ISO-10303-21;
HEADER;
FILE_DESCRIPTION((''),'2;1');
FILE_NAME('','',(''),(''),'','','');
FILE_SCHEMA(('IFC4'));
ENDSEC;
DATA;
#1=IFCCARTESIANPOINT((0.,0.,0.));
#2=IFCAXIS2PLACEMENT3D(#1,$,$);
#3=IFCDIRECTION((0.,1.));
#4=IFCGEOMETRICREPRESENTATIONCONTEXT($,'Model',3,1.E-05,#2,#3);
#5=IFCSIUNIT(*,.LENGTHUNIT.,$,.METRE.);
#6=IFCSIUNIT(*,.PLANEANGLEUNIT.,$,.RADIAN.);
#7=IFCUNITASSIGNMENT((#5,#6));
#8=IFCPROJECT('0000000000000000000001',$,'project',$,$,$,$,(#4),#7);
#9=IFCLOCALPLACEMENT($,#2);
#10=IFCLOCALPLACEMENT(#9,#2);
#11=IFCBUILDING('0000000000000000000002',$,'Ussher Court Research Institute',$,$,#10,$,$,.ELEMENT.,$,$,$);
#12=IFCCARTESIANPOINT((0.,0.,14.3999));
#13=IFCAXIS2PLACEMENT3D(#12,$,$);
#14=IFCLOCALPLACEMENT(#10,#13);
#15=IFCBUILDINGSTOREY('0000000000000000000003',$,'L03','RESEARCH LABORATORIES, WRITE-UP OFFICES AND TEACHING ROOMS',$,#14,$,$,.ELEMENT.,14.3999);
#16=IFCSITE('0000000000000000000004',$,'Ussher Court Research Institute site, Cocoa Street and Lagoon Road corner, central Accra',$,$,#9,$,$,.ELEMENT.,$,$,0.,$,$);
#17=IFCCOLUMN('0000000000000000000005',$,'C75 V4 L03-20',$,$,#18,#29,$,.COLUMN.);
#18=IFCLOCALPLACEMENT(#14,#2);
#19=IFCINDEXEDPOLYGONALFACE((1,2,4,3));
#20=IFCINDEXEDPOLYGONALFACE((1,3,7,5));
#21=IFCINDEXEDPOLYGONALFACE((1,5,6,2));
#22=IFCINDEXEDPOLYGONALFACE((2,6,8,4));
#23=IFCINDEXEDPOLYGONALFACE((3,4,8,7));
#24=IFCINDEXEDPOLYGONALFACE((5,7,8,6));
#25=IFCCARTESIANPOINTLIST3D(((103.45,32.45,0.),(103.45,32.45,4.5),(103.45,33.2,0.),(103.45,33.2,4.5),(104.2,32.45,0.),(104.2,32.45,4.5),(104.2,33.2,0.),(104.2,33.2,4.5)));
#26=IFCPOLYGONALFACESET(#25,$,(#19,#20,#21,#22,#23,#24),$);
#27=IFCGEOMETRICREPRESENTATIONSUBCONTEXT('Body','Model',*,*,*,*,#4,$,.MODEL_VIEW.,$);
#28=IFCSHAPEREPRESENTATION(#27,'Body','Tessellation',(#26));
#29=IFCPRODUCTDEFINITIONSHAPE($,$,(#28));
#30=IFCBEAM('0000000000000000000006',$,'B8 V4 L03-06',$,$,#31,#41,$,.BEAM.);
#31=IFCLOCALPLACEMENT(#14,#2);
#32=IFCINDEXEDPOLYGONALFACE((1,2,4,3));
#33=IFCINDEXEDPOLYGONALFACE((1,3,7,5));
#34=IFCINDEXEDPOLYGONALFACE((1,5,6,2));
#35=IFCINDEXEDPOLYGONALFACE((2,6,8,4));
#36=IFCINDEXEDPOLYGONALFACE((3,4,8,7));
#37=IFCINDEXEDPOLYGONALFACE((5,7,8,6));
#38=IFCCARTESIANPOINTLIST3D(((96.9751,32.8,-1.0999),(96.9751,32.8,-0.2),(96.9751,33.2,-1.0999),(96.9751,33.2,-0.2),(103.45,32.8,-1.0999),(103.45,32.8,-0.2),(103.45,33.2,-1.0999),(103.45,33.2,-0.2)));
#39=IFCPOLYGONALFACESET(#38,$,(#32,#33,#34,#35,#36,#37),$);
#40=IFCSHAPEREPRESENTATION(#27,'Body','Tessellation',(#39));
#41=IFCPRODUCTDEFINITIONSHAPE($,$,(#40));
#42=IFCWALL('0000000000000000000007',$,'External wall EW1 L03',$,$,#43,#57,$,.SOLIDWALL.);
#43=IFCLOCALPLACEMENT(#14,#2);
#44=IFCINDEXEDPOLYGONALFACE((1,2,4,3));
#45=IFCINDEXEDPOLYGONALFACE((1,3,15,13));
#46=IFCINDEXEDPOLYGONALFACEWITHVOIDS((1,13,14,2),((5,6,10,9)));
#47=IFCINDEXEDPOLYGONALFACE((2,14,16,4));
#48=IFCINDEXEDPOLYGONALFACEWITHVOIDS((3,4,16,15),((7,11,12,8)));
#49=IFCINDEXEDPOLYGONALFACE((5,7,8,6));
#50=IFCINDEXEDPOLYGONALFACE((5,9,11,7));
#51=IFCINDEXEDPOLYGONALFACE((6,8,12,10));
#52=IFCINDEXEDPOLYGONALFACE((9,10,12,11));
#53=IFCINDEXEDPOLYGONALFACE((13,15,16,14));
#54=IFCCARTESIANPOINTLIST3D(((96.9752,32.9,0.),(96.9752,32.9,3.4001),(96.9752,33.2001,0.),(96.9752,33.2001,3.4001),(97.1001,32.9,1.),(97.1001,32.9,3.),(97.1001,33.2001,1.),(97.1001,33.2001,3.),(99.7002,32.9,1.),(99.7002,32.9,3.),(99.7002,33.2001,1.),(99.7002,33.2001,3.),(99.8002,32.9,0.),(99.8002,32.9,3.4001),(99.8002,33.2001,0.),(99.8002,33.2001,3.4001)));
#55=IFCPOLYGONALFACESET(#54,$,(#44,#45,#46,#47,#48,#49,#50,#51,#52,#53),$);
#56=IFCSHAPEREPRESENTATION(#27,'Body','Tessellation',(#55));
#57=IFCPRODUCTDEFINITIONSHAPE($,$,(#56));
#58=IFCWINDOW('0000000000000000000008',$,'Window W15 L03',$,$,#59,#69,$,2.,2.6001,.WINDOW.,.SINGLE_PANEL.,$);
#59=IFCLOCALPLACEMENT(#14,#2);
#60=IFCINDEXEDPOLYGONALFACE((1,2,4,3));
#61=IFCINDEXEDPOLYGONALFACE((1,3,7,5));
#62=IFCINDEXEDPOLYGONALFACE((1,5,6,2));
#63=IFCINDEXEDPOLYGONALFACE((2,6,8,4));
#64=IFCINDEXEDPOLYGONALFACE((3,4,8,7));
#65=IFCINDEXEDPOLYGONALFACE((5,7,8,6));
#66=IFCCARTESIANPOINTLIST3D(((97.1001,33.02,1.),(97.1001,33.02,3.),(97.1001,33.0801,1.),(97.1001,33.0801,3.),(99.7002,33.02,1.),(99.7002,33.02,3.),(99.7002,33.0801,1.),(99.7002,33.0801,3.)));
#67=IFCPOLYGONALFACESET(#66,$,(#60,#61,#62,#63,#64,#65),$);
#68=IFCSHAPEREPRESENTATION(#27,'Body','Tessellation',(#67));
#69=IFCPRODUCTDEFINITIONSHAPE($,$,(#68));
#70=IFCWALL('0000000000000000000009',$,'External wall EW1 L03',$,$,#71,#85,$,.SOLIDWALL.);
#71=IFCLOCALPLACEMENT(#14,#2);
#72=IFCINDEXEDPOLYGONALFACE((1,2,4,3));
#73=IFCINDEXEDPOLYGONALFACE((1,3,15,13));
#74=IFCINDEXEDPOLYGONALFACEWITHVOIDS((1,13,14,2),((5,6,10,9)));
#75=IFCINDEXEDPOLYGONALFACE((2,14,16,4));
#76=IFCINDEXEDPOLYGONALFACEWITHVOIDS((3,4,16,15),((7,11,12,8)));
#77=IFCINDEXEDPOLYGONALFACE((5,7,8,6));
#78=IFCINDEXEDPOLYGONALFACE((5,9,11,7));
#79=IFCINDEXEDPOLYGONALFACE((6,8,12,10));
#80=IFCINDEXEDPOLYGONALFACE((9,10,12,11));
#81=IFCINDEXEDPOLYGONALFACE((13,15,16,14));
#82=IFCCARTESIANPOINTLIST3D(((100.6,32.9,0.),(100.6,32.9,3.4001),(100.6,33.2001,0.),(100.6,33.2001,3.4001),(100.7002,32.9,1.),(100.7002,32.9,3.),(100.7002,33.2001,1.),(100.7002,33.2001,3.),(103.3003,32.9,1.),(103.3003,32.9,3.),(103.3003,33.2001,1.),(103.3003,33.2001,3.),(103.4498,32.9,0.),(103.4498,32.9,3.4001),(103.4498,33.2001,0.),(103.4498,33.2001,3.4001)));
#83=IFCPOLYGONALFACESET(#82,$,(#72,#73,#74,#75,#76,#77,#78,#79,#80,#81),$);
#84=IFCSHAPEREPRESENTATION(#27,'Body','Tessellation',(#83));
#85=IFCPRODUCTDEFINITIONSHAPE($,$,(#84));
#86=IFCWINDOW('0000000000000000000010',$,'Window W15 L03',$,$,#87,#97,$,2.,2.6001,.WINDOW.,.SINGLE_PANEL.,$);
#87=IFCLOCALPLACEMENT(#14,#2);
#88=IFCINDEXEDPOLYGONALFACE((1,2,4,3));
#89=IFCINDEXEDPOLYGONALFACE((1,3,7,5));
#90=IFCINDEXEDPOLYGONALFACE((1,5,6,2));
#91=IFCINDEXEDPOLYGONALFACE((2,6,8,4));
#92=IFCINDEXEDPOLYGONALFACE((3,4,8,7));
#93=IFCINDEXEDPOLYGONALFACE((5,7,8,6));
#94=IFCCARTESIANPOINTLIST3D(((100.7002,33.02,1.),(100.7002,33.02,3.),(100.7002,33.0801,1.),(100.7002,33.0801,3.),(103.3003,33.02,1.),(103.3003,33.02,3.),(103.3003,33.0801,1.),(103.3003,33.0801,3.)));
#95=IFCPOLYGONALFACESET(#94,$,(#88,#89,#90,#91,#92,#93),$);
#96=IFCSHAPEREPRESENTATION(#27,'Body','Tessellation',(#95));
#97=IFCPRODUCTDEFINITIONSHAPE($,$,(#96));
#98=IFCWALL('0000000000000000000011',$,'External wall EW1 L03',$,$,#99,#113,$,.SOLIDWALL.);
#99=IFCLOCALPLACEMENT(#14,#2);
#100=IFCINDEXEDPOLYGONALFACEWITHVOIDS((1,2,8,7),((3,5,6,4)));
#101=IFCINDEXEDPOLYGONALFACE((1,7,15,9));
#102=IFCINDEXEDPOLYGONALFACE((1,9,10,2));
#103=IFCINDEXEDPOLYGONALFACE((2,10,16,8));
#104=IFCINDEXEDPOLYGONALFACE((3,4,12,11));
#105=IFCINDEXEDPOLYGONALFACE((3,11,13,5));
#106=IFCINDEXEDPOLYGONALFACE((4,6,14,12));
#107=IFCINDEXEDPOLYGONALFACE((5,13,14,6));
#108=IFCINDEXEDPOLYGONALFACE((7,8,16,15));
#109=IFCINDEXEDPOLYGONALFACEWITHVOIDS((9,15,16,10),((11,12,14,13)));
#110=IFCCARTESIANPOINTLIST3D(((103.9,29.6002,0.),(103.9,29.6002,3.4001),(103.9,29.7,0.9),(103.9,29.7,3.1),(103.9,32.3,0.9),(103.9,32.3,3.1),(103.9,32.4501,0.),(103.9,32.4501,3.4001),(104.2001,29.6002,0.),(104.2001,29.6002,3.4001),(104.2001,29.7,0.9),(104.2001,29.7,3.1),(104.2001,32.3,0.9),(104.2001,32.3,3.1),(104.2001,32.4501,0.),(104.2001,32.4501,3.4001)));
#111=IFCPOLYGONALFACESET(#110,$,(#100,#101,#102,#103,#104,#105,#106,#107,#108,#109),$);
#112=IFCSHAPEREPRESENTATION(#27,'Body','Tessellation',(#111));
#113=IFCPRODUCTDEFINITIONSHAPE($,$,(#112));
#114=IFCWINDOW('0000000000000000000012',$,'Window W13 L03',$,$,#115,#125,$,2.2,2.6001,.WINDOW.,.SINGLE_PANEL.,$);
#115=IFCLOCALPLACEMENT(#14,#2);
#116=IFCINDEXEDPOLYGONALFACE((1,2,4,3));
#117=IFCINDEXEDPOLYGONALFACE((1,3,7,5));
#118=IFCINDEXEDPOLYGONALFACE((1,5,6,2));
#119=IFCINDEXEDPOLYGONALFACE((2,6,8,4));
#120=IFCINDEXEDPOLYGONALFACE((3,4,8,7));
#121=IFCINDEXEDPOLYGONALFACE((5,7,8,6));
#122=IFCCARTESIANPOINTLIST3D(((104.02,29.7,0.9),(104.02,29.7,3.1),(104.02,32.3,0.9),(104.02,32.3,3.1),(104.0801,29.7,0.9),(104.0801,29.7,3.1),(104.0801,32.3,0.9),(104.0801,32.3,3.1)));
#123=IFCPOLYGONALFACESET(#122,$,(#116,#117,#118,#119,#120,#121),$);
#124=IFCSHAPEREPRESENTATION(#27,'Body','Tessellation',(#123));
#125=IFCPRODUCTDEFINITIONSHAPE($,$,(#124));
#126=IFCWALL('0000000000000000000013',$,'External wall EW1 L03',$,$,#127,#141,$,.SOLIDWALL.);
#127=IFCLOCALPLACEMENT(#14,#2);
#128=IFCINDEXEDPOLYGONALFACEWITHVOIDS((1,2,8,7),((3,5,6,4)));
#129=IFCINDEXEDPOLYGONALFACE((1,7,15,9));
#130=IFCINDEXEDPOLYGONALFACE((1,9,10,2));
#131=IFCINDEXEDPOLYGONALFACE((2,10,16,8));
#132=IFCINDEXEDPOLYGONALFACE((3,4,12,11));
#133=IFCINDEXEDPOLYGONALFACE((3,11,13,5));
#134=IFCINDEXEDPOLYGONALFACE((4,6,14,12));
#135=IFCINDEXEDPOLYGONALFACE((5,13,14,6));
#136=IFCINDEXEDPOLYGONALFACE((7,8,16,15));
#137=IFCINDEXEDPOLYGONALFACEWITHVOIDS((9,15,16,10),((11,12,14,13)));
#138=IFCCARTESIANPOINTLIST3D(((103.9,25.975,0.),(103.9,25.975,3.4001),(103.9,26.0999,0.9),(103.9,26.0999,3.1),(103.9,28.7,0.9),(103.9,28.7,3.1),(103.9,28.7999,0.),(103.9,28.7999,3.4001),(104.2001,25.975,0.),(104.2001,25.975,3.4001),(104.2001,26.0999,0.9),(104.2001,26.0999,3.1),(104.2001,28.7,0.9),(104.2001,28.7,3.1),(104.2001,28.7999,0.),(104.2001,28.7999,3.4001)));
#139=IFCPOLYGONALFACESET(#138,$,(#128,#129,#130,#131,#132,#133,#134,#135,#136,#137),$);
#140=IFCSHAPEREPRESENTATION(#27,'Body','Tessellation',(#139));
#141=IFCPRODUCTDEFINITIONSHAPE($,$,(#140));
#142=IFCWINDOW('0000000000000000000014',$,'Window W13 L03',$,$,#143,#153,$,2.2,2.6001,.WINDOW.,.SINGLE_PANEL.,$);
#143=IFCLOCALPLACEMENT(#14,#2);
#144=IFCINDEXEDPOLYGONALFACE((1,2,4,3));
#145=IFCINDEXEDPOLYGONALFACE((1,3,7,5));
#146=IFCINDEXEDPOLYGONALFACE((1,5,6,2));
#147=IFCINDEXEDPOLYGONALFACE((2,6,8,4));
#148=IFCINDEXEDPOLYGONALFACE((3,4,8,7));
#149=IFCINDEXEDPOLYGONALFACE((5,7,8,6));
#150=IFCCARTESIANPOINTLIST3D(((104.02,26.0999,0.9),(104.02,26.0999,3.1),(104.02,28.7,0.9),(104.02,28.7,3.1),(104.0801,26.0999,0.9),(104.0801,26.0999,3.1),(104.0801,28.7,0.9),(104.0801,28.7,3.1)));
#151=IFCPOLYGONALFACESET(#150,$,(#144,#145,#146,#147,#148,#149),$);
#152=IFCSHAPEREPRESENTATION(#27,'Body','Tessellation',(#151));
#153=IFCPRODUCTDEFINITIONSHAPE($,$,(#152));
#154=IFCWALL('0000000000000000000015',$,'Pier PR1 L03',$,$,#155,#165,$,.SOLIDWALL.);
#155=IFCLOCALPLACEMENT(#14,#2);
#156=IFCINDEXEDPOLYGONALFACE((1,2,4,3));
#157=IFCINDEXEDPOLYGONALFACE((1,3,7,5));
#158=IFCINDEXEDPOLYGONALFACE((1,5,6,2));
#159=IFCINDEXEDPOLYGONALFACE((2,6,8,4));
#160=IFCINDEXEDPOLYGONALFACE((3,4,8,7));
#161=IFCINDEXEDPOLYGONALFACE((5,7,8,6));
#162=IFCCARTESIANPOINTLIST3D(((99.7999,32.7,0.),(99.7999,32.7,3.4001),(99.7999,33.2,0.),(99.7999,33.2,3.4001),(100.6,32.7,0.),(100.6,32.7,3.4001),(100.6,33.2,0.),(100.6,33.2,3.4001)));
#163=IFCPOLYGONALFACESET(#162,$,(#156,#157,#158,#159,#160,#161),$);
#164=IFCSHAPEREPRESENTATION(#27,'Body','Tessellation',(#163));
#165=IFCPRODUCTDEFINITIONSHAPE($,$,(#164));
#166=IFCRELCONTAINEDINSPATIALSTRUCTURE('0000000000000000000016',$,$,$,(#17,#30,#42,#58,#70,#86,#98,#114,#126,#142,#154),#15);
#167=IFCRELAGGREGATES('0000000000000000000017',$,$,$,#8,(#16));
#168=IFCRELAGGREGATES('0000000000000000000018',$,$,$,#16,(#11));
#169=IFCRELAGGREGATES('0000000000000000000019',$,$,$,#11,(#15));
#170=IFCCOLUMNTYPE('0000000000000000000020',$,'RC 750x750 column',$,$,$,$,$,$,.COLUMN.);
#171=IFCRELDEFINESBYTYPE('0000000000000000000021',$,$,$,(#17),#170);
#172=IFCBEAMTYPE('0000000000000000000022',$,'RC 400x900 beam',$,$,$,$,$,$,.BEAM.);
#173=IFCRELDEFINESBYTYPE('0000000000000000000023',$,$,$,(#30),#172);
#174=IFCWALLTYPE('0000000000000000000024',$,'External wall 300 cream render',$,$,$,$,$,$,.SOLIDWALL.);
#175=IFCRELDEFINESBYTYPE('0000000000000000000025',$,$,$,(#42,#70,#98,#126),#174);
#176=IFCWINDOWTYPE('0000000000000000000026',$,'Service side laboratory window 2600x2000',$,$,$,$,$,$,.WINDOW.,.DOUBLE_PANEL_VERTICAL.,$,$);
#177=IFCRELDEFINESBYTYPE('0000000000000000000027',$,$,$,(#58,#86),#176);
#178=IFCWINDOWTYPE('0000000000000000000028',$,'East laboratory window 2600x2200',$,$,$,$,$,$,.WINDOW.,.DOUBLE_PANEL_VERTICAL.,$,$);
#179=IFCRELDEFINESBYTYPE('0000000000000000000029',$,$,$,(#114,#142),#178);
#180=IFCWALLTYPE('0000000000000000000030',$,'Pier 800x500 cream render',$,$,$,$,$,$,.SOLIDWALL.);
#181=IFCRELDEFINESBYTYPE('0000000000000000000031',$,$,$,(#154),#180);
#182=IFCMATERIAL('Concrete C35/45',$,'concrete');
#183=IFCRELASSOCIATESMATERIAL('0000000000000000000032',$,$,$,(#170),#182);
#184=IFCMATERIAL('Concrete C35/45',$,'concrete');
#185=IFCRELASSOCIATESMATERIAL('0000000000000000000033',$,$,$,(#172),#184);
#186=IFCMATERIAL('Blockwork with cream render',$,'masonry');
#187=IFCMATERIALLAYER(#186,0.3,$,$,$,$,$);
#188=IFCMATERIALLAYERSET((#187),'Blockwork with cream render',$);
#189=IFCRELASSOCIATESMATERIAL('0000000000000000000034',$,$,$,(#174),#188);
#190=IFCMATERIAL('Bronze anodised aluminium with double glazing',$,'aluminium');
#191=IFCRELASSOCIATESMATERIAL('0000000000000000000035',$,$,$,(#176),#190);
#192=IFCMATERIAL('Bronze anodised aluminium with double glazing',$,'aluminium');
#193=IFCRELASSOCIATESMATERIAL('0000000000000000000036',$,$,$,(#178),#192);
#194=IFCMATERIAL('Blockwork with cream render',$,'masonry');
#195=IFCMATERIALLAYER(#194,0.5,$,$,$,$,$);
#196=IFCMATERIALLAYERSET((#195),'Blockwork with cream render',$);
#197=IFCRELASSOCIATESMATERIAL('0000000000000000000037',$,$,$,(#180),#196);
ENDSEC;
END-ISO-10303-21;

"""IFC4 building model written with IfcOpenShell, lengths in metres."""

from ifc_helpers import new_model, si_unit, direction, frame, frame_2d, origin, origin_2d, place, context, subcontext, project, spatial, rectangle, extrude, material, layer, layer_set, material_profile, profile_set, type_object, element, fill, save


model = new_model("IFC4")

# Units and contexts
model_context = context("Model", 3, precision=1e-05, world=origin(), true_north=direction((0.0, 1.0)))
body_context = subcontext(model_context, "Body", "Model", "MODEL_VIEW")
ifc_project = project(units=[si_unit("LENGTHUNIT", "METRE"), si_unit("PLANEANGLEUNIT", "RADIAN")], contexts=[model_context])

# Site, building, storey
site_placement = place(None, origin())
site = spatial("IfcSite", under=ifc_project, at=site_placement, Name="Ussher Court Research Institute site, Cocoa Street and Lagoon Road corner, central Accra", CompositionType="ELEMENT", RefElevation=0.0)
building_placement = place(site_placement, origin())
building = spatial("IfcBuilding", under=site, at=building_placement, Name="Ussher Court Research Institute", CompositionType="ELEMENT")
storey_placement = place(building_placement, frame((0.0, 0.0, 14.3999)))
storey = spatial("IfcBuildingStorey", under=building, at=storey_placement, Name="L03", Description="RESEARCH LABORATORIES, WRITE-UP OFFICES AND TEACHING ROOMS", CompositionType="ELEMENT", Elevation=14.3999)

# Column
ifc_material_1 = material(Name="Concrete C35/45", Category="concrete")
ifc_material_profile_1 = material_profile(ifc_material_1, rectangle(XDim=0.75, YDim=0.75, at=origin_2d()), Name="RC 750x750")
ifc_profile_set_1 = profile_set([ifc_material_profile_1], Name="Concrete C35/45")
column_type = type_object("IfcColumnType", Name="RC 750x750 column", PredefinedType="COLUMN", material=ifc_profile_set_1)
column_placement = place(storey_placement, frame((103.825, 32.825, 0.0), z_axis=(0.0, 0.0, 1.0), x_axis=(1.0, 0.0, 0.0)))
element("IfcColumn", 1, at=column_placement, inside=storey, type_object=column_type, Name="C75 V4 L03-20", PredefinedType="COLUMN", context=body_context, shape_type="SweptSolid", body=[
    extrude(rectangle(XDim=0.75, YDim=0.75, at=origin_2d()), origin(), (0.0, 0.0, 1.0), 4.5),
])

# Beam
ifc_material_2 = material(Name="Concrete C35/45", Category="concrete")
ifc_material_profile_2 = material_profile(ifc_material_2, rectangle(XDim=0.3999, YDim=0.8999, at=origin_2d()), Name="RC 400x900")
ifc_profile_set_2 = profile_set([ifc_material_profile_2], Name="Concrete C35/45")
beam_type = type_object("IfcBeamType", Name="RC 400x900 beam", PredefinedType="BEAM", material=ifc_profile_set_2)
beam_placement = place(storey_placement, frame((96.9751, 33.0, -0.6499), z_axis=(1.0, 0.0, 0.0), x_axis=(0.0, 1.0, 0.0)))
element("IfcBeam", 2, at=beam_placement, inside=storey, type_object=beam_type, Name="B8 V4 L03-06", PredefinedType="BEAM", context=body_context, shape_type="SweptSolid", body=[
    extrude(rectangle(XDim=0.3999, YDim=0.8999, at=origin_2d()), origin(), (0.0, 0.0, 1.0), 6.4749),
])

# Walls, openings, windows
ifc_material_3 = material(Name="Blockwork with cream render", Category="masonry")
ifc_layer_1 = layer(ifc_material_3, 0.3)
ifc_layer_set_1 = layer_set([ifc_layer_1], Name="Blockwork with cream render")
wall_type_1 = type_object("IfcWallType", Name="External wall 300 cream render", PredefinedType="SOLIDWALL", material=ifc_layer_set_1)
wall_1_placement = place(storey_placement, frame((96.9751, 33.05, 0.0), z_axis=(0.0, 0.0, 1.0), x_axis=(1.0, 0.0, 0.0)))
wall_1 = element("IfcWall", 3, at=wall_1_placement, inside=storey, type_object=wall_type_1, Name="External wall EW1 L03", PredefinedType="SOLIDWALL", context=body_context, shape_type="SweptSolid", body=[
    extrude(rectangle(XDim=2.825, YDim=0.3, at=frame_2d((1.4126, 0.0))), origin(), (0.0, 0.0, 1.0), 3.4001),
])
opening_1_placement = place(wall_1_placement, frame((0.125, 0.0, 1.0)))
opening_1 = element("IfcOpeningElement", 4, at=opening_1_placement, cuts=wall_1, PredefinedType="OPENING", context=body_context, shape_type="SweptSolid", body=[
    extrude(rectangle(XDim=2.6001, YDim=2.0, at=frame_2d((1.3, 1.0))), frame((0.0, 0.1602, 0.0), z_axis=(0.0, -1.0, 0.0), x_axis=(1.0, 0.0, 0.0)), (0.0, 0.0, 1.0), 0.3201),
])
ifc_material_4 = material(Name="Bronze anodised aluminium with double glazing", Category="aluminium")
window_type_1 = type_object("IfcWindowType", Name="Service side laboratory window 2600x2000", PartitioningType="DOUBLE_PANEL_VERTICAL", PredefinedType="WINDOW", material=ifc_material_4)
window_1_placement = place(opening_1_placement, origin())
window_1 = element("IfcWindow", 5, at=window_1_placement, inside=storey, type_object=window_type_1, Name="Window W15 L03", OverallHeight=2.0, OverallWidth=2.6001, PartitioningType="SINGLE_PANEL", PredefinedType="WINDOW", context=body_context, shape_type="SweptSolid", body=[
    extrude(rectangle(XDim=2.6001, YDim=2.0, at=frame_2d((1.3, 1.0))), frame((0.0, 0.03, 0.0), z_axis=(0.0, -1.0, 0.0), x_axis=(1.0, 0.0, 0.0)), (0.0, 0.0, 1.0), 0.0601),
])
fill(opening_1, window_1)
wall_2_placement = place(storey_placement, frame((100.6001, 33.05, 0.0), z_axis=(0.0, 0.0, 1.0), x_axis=(1.0, 0.0, 0.0)))
wall_2 = element("IfcWall", 6, at=wall_2_placement, inside=storey, type_object=wall_type_1, Name="External wall EW1 L03", PredefinedType="SOLIDWALL", context=body_context, shape_type="SweptSolid", body=[
    extrude(rectangle(XDim=2.8499, YDim=0.3, at=frame_2d((1.4248, 0.0))), origin(), (0.0, 0.0, 1.0), 3.4001),
])
opening_2_placement = place(wall_2_placement, frame((0.1001, 0.0, 1.0)))
opening_2 = element("IfcOpeningElement", 7, at=opening_2_placement, cuts=wall_2, PredefinedType="OPENING", context=body_context, shape_type="SweptSolid", body=[
    extrude(rectangle(XDim=2.6001, YDim=2.0, at=frame_2d((1.3, 1.0))), frame((0.0, 0.1602, 0.0), z_axis=(0.0, -1.0, 0.0), x_axis=(1.0, 0.0, 0.0)), (0.0, 0.0, 1.0), 0.3201),
])
window_2_placement = place(opening_2_placement, origin())
window_2 = element("IfcWindow", 8, at=window_2_placement, inside=storey, type_object=window_type_1, Name="Window W15 L03", OverallHeight=2.0, OverallWidth=2.6001, PartitioningType="SINGLE_PANEL", PredefinedType="WINDOW", context=body_context, shape_type="SweptSolid", body=[
    extrude(rectangle(XDim=2.6001, YDim=2.0, at=frame_2d((1.3, 1.0))), frame((0.0, 0.03, 0.0), z_axis=(0.0, -1.0, 0.0), x_axis=(1.0, 0.0, 0.0)), (0.0, 0.0, 1.0), 0.0601),
])
fill(opening_2, window_2)
wall_3_placement = place(storey_placement, frame((104.05, 32.45, 0.0), z_axis=(0.0, 0.0, 1.0), x_axis=(0.0, -1.0, 0.0)))
wall_3 = element("IfcWall", 9, at=wall_3_placement, inside=storey, type_object=wall_type_1, Name="External wall EW1 L03", PredefinedType="SOLIDWALL", context=body_context, shape_type="SweptSolid", body=[
    extrude(rectangle(XDim=2.8499, YDim=0.3, at=frame_2d((1.4248, 0.0))), origin(), (0.0, 0.0, 1.0), 3.4001),
])
opening_3_placement = place(wall_3_placement, frame((0.1499, 0.0, 0.8999)))
opening_3 = element("IfcOpeningElement", 10, at=opening_3_placement, cuts=wall_3, PredefinedType="OPENING", context=body_context, shape_type="SweptSolid", body=[
    extrude(rectangle(XDim=2.6001, YDim=2.2, at=frame_2d((1.3, 1.1001))), frame((0.0, 0.1602, 0.0), z_axis=(0.0, -1.0, 0.0), x_axis=(1.0, 0.0, 0.0)), (0.0, 0.0, 1.0), 0.3201),
])
ifc_material_5 = material(Name="Bronze anodised aluminium with double glazing", Category="aluminium")
window_type_2 = type_object("IfcWindowType", Name="East laboratory window 2600x2200", PartitioningType="DOUBLE_PANEL_VERTICAL", PredefinedType="WINDOW", material=ifc_material_5)
window_3_placement = place(opening_3_placement, origin())
window_3 = element("IfcWindow", 11, at=window_3_placement, inside=storey, type_object=window_type_2, Name="Window W13 L03", OverallHeight=2.2, OverallWidth=2.6001, PartitioningType="SINGLE_PANEL", PredefinedType="WINDOW", context=body_context, shape_type="SweptSolid", body=[
    extrude(rectangle(XDim=2.6001, YDim=2.2, at=frame_2d((1.3, 1.1001))), frame((0.0, 0.03, 0.0), z_axis=(0.0, -1.0, 0.0), x_axis=(1.0, 0.0, 0.0)), (0.0, 0.0, 1.0), 0.0601),
])
fill(opening_3, window_3)
wall_4_placement = place(storey_placement, frame((104.05, 28.8, 0.0), z_axis=(0.0, 0.0, 1.0), x_axis=(0.0, -1.0, 0.0)))
wall_4 = element("IfcWall", 12, at=wall_4_placement, inside=storey, type_object=wall_type_1, Name="External wall EW1 L03", PredefinedType="SOLIDWALL", context=body_context, shape_type="SweptSolid", body=[
    extrude(rectangle(XDim=2.825, YDim=0.3, at=frame_2d((1.4126, 0.0))), origin(), (0.0, 0.0, 1.0), 3.4001),
])
opening_4_placement = place(wall_4_placement, frame((0.1001, 0.0, 0.8999)))
opening_4 = element("IfcOpeningElement", 13, at=opening_4_placement, cuts=wall_4, PredefinedType="OPENING", context=body_context, shape_type="SweptSolid", body=[
    extrude(rectangle(XDim=2.6001, YDim=2.2, at=frame_2d((1.3, 1.1001))), frame((0.0, 0.1602, 0.0), z_axis=(0.0, -1.0, 0.0), x_axis=(1.0, 0.0, 0.0)), (0.0, 0.0, 1.0), 0.3201),
])
window_4_placement = place(opening_4_placement, origin())
window_4 = element("IfcWindow", 14, at=window_4_placement, inside=storey, type_object=window_type_2, Name="Window W13 L03", OverallHeight=2.2, OverallWidth=2.6001, PartitioningType="SINGLE_PANEL", PredefinedType="WINDOW", context=body_context, shape_type="SweptSolid", body=[
    extrude(rectangle(XDim=2.6001, YDim=2.2, at=frame_2d((1.3, 1.1001))), frame((0.0, 0.03, 0.0), z_axis=(0.0, -1.0, 0.0), x_axis=(1.0, 0.0, 0.0)), (0.0, 0.0, 1.0), 0.0601),
])
fill(opening_4, window_4)

# Wall
ifc_material_6 = material(Name="Blockwork with cream render", Category="masonry")
ifc_layer_2 = layer(ifc_material_6, 0.5)
ifc_layer_set_2 = layer_set([ifc_layer_2], Name="Blockwork with cream render")
wall_type_2 = type_object("IfcWallType", Name="Pier 800x500 cream render", PredefinedType="SOLIDWALL", material=ifc_layer_set_2)
for number, where, z_axis, x_axis, name in (
    (15, (99.8, 32.95, 0.0), (0.0, 0.0, 1.0), (1.0, 0.0, 0.0), "Pier PR1 L03"),
):
    element("IfcWall", number, at=place(storey_placement, frame(where, z_axis=z_axis, x_axis=x_axis)), inside=storey, type_object=wall_type_2, Name=name, PredefinedType="SOLIDWALL", context=body_context, shape_type="SweptSolid", body=[
        extrude(rectangle(XDim=0.8, YDim=0.5, at=frame_2d((0.3999, 0.0))), origin(), (0.0, 0.0, 1.0), 3.4001),
    ])

save(model, "model.ifc")
